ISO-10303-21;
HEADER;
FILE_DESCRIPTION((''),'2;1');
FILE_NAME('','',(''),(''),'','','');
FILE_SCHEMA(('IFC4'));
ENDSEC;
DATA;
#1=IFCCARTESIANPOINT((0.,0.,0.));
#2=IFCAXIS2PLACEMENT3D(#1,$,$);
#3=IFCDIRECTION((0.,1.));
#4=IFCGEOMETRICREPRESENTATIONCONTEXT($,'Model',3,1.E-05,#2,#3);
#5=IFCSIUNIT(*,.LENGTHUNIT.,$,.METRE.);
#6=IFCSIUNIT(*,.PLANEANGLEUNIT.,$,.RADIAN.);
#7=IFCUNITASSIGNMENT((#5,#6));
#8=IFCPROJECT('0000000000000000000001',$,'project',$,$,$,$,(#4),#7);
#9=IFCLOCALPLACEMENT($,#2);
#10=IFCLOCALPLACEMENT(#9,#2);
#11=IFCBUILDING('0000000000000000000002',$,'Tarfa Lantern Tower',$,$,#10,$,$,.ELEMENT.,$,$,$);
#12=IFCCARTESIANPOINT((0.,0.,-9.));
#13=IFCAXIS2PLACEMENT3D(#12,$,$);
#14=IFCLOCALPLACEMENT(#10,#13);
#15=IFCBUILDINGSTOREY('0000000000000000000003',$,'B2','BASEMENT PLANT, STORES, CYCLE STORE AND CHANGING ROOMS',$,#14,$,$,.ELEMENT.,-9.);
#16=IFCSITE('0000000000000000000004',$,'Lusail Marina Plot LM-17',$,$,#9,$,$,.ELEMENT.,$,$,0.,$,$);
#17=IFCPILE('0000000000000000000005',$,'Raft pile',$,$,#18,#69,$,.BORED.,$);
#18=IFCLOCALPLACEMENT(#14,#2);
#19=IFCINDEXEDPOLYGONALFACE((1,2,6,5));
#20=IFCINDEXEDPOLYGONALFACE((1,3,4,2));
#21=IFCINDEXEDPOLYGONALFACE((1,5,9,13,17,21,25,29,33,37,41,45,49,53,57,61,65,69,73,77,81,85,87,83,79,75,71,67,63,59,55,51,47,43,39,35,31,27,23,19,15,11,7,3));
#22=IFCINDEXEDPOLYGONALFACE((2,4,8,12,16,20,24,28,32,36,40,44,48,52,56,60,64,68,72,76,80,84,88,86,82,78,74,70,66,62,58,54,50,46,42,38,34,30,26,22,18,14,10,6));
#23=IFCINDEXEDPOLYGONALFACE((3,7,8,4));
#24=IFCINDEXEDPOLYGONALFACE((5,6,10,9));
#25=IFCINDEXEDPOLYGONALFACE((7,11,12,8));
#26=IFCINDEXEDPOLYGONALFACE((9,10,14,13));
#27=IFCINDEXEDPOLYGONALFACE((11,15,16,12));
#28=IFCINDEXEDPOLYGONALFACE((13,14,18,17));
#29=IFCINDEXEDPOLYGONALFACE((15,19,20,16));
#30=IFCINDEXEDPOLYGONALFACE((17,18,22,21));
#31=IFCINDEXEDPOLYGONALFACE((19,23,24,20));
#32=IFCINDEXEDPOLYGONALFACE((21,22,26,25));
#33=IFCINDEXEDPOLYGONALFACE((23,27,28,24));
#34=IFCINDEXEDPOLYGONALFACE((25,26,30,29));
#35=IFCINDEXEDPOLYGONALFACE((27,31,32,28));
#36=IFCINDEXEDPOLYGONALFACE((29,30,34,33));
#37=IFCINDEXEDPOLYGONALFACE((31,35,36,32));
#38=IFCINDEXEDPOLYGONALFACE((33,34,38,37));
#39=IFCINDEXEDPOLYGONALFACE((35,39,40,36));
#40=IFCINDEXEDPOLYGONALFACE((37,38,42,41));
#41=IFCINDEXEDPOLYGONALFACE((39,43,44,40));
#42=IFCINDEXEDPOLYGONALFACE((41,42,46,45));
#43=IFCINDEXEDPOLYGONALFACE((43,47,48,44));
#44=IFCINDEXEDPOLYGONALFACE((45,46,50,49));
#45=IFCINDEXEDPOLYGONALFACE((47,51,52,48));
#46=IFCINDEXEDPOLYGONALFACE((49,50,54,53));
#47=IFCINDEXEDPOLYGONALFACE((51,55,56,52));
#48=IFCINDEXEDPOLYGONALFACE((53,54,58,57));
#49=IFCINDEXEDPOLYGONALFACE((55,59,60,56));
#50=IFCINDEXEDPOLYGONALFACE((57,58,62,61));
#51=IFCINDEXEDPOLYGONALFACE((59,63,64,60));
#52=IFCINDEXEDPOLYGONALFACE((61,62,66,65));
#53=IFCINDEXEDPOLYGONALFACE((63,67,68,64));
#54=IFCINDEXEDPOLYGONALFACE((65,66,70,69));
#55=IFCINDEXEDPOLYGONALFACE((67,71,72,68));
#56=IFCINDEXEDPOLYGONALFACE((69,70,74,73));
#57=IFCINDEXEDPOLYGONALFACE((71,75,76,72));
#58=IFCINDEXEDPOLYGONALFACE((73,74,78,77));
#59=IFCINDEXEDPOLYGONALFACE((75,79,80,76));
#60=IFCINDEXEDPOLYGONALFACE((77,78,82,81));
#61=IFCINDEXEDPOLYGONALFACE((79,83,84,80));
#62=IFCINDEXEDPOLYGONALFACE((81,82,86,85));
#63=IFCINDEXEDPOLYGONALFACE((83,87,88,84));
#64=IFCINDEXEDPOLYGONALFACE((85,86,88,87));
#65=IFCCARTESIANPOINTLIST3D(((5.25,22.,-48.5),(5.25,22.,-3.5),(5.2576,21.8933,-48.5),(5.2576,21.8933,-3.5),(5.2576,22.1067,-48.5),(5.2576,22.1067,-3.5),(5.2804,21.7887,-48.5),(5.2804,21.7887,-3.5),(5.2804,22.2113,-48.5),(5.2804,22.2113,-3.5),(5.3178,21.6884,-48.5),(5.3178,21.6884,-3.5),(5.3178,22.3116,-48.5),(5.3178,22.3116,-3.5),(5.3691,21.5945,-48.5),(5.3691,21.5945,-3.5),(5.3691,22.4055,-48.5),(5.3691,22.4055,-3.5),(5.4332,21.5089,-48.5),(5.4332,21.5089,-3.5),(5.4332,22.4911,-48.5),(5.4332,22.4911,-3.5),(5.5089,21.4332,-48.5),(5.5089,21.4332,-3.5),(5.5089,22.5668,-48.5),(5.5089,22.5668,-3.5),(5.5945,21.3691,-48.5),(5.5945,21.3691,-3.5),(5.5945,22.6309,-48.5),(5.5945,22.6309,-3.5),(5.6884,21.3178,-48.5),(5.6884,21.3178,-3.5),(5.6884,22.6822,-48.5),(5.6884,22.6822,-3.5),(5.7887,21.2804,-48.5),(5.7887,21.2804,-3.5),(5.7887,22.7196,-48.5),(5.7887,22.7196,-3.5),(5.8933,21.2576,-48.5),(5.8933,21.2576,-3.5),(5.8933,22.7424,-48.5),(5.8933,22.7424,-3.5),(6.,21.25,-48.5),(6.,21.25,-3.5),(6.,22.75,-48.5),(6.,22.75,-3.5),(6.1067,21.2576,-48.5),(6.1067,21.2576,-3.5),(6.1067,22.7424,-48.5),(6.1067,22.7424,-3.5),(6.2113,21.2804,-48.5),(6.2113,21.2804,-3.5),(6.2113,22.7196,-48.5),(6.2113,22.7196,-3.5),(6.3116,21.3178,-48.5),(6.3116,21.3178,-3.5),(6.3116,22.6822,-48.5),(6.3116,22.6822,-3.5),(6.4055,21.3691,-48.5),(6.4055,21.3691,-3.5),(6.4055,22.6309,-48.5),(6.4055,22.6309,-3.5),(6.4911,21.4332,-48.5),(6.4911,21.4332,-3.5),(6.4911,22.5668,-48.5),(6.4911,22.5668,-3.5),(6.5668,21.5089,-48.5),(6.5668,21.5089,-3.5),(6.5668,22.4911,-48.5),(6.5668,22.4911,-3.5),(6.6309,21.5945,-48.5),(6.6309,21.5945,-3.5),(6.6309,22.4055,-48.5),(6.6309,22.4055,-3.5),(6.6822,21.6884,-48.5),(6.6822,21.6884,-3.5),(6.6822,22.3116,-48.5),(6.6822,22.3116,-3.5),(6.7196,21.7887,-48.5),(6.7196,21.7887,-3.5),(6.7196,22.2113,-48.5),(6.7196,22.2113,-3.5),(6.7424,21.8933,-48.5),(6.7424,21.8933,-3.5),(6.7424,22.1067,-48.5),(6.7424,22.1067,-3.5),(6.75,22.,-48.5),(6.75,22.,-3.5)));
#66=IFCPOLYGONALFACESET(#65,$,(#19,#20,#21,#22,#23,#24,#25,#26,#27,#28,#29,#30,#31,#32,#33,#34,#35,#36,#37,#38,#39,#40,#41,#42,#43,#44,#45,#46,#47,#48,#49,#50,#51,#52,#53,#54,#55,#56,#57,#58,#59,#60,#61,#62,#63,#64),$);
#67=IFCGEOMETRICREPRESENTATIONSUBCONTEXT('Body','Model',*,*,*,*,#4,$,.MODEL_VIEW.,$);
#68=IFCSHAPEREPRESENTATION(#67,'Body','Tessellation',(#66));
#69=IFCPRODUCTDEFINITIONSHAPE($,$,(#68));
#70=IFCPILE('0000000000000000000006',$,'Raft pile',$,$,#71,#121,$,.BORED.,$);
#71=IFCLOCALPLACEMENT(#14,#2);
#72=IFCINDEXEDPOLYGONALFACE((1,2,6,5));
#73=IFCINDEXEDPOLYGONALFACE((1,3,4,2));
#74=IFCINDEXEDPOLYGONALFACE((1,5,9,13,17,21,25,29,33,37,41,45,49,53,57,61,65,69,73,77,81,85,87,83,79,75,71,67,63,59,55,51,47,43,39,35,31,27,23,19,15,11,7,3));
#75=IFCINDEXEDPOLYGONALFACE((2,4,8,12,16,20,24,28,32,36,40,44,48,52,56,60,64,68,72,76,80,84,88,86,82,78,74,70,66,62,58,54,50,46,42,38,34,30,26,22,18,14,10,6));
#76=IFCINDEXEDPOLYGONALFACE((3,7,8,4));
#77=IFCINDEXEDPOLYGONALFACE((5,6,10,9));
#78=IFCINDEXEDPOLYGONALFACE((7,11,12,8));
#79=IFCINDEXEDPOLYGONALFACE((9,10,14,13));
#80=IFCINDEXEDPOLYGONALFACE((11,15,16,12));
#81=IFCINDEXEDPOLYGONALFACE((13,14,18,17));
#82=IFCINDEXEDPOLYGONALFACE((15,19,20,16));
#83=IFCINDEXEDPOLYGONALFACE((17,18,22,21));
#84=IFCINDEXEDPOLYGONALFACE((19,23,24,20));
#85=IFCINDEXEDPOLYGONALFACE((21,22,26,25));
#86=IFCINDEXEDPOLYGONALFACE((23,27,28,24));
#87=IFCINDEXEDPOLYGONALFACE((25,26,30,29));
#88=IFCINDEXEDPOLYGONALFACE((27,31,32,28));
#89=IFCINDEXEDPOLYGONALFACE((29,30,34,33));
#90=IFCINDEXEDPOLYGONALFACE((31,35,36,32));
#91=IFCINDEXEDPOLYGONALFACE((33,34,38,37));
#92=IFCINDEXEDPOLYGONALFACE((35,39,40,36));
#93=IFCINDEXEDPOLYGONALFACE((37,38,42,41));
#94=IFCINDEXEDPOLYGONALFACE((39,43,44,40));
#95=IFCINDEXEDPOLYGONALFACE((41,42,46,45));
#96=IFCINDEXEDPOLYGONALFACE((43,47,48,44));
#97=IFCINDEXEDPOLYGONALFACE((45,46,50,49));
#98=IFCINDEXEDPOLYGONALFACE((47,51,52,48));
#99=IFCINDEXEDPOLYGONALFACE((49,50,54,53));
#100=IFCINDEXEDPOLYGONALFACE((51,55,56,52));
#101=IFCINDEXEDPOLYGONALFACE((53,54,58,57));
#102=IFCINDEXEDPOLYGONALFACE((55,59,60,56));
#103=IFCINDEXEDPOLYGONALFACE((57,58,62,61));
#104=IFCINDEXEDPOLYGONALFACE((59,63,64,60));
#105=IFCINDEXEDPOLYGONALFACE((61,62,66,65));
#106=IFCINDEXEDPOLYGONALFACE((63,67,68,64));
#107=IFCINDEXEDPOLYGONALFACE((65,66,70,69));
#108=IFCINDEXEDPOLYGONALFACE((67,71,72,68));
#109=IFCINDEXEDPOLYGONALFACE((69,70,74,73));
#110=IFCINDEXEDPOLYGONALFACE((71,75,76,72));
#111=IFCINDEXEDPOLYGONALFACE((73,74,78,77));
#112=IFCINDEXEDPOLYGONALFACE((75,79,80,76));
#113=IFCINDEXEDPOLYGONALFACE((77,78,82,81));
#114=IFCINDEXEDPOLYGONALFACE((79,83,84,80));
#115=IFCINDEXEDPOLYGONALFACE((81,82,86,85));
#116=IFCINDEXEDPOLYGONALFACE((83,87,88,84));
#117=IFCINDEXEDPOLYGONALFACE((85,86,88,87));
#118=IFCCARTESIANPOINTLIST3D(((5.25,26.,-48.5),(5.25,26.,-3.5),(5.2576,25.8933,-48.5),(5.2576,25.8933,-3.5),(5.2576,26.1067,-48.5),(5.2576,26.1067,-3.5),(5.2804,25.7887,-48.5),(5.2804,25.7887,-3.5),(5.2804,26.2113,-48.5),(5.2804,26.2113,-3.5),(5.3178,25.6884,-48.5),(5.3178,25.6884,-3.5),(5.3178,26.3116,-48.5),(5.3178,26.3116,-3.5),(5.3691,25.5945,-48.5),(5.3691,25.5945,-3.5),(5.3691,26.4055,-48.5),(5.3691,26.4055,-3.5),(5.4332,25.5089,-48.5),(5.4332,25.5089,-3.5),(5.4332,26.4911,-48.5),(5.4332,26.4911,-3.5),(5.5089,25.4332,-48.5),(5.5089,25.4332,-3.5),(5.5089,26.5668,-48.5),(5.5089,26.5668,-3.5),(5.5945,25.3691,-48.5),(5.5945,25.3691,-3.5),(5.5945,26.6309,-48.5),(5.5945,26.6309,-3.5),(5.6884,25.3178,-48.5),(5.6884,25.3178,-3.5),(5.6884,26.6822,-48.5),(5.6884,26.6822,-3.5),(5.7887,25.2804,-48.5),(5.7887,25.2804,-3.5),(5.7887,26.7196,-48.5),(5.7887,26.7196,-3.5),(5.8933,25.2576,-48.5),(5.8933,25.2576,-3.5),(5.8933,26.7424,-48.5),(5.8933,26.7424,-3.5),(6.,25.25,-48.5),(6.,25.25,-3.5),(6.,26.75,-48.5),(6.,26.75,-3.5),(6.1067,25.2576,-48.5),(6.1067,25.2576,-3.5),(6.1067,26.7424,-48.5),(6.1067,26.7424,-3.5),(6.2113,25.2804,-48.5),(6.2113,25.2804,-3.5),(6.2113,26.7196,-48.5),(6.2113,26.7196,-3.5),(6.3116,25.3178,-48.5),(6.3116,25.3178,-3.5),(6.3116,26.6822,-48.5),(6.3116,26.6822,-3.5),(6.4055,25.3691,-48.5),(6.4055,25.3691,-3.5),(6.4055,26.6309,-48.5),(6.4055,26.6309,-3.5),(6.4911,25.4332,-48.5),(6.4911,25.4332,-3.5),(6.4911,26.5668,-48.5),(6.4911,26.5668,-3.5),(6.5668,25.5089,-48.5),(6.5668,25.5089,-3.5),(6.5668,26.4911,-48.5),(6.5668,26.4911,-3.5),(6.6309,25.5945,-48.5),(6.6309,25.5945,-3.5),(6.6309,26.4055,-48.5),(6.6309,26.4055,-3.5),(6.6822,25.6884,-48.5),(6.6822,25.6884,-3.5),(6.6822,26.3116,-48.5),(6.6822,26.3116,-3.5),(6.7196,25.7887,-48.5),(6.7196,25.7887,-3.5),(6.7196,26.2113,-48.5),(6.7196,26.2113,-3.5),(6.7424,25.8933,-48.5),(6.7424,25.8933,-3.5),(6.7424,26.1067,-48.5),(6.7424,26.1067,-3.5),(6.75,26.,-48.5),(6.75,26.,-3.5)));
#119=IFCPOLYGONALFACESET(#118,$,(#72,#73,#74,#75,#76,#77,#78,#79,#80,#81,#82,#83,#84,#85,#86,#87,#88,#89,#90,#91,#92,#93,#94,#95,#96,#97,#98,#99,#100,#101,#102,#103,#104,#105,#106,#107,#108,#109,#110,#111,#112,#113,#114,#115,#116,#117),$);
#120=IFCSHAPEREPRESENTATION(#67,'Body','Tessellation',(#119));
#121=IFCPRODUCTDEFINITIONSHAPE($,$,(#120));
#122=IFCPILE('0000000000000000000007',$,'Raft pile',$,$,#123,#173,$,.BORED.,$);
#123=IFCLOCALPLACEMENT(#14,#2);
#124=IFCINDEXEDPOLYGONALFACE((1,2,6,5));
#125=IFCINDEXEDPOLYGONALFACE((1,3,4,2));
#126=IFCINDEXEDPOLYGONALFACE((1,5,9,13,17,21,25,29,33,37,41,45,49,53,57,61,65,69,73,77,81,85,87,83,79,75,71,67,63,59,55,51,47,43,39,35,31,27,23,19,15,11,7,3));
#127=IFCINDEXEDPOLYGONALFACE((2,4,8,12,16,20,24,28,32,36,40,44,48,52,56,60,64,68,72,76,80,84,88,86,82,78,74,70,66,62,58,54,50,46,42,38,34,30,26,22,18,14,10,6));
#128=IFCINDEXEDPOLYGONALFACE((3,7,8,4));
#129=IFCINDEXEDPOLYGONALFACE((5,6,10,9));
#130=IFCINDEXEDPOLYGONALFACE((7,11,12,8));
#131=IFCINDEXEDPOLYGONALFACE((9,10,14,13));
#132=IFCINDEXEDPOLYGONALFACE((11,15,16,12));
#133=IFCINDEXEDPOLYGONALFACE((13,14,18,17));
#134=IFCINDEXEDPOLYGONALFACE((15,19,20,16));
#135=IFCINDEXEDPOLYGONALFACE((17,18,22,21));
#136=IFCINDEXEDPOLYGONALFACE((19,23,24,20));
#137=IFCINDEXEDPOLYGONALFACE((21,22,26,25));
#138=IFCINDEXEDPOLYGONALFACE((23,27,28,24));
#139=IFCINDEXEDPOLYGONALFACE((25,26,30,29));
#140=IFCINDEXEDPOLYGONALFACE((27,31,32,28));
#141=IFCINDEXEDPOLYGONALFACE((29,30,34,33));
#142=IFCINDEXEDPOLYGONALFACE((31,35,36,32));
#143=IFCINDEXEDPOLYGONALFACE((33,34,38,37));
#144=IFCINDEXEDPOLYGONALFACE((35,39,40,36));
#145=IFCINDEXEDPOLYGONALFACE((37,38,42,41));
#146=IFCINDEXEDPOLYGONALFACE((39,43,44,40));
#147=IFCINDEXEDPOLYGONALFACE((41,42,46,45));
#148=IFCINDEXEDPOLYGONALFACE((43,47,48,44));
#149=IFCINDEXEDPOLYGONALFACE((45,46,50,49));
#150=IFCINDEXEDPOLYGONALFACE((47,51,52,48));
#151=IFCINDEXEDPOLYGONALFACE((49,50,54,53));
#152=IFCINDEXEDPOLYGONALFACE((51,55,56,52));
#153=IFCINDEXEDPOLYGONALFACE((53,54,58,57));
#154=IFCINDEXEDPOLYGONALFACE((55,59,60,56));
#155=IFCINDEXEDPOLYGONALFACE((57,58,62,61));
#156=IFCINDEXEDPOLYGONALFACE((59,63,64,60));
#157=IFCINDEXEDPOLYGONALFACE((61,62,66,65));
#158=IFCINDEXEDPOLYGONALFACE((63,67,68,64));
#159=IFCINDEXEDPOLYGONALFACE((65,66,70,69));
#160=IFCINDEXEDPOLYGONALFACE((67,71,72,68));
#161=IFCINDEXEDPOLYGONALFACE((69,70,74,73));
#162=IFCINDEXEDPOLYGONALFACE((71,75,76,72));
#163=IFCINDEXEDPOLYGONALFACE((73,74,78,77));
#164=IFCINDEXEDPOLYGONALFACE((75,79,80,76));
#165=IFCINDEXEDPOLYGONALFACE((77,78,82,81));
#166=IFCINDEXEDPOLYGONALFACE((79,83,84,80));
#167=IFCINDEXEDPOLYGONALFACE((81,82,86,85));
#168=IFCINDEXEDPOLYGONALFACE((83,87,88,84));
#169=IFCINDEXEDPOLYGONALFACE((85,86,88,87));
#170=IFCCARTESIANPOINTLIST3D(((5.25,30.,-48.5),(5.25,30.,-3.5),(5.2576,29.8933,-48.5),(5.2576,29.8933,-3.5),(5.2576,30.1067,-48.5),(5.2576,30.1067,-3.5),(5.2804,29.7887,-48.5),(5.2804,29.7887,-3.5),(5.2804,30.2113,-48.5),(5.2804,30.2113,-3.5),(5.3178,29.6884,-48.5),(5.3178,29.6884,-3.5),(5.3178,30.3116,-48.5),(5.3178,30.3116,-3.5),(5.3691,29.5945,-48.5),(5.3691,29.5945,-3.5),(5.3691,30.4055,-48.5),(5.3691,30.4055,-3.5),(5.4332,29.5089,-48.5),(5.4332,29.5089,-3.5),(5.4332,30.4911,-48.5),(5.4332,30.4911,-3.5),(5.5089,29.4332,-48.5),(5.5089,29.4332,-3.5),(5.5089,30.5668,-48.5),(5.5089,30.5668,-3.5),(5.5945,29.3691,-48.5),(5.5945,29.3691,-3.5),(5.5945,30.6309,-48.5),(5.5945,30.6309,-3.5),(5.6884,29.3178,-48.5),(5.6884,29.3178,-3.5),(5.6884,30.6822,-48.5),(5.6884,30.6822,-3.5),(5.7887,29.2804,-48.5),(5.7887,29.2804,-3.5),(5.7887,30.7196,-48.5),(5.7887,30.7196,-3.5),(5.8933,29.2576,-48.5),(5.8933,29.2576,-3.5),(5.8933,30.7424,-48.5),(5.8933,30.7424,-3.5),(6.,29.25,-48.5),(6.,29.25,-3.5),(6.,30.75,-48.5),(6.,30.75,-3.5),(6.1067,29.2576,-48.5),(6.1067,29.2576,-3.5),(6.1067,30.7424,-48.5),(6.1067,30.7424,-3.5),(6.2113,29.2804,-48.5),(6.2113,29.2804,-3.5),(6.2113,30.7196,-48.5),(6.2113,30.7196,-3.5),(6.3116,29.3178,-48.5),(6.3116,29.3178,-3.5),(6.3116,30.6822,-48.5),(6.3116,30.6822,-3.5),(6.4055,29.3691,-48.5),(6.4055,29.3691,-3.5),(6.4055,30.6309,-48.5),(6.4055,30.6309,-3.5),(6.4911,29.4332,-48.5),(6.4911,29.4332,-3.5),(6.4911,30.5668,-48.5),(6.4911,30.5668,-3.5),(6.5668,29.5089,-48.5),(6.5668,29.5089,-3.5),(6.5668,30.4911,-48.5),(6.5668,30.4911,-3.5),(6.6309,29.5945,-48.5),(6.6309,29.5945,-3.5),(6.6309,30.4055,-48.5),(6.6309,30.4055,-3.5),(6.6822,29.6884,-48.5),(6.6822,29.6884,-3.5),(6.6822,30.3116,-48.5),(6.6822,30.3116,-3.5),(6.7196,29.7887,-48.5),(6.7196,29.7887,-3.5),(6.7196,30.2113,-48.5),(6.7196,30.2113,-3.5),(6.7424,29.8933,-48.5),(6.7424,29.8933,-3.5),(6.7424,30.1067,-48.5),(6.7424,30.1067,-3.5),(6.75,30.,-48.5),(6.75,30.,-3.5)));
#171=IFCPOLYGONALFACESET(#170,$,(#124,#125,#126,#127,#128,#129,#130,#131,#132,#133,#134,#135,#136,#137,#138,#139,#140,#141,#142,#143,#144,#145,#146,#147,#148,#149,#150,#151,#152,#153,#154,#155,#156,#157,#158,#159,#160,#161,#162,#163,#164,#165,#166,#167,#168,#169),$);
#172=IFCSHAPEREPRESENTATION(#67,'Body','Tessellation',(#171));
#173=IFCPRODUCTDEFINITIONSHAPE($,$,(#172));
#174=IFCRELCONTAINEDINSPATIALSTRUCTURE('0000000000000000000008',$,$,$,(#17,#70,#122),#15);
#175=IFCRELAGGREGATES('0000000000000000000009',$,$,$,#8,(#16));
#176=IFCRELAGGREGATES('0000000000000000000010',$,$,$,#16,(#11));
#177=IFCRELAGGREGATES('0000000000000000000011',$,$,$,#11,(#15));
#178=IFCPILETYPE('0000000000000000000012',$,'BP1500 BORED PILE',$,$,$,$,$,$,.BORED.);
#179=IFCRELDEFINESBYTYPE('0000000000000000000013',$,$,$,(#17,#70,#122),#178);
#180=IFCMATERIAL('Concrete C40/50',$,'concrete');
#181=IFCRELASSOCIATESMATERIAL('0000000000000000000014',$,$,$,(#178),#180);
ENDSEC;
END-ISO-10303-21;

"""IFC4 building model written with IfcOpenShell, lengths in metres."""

from ifc_helpers import new_model, si_unit, direction, frame, origin, origin_2d, place, context, subcontext, project, spatial, circle, extrude, material, material_profile, profile_set, type_object, element, save


model = new_model("IFC4")

# Units and contexts
model_context = context("Model", 3, precision=1e-05, world=origin(), true_north=direction((0.0, 1.0)))
body_context = subcontext(model_context, "Body", "Model", "MODEL_VIEW")
ifc_project = project(units=[si_unit("LENGTHUNIT", "METRE"), si_unit("PLANEANGLEUNIT", "RADIAN")], contexts=[model_context])

# Site, building, storey
site_placement = place(None, origin())
site = spatial("IfcSite", under=ifc_project, at=site_placement, Name="Lusail Marina Plot LM-17", CompositionType="ELEMENT", RefElevation=0.0)
building_placement = place(site_placement, origin())
building = spatial("IfcBuilding", under=site, at=building_placement, Name="Tarfa Lantern Tower", CompositionType="ELEMENT")
storey_placement = place(building_placement, frame((0.0, 0.0, -9.0)))
storey = spatial("IfcBuildingStorey", under=building, at=storey_placement, Name="B2", Description="BASEMENT PLANT, STORES, CYCLE STORE AND CHANGING ROOMS", CompositionType="ELEMENT", Elevation=-9.0)

# Piles
ifc_material_1 = material(Name="Concrete C40/50", Category="concrete")
ifc_material_profile_1 = material_profile(ifc_material_1, circle(Radius=0.75, at=origin_2d()), Name="BORED PILE D1500")
ifc_profile_set_1 = profile_set([ifc_material_profile_1], Name="Concrete C40/50")
pile_type = type_object("IfcPileType", Name="BP1500 BORED PILE", PredefinedType="BORED", material=ifc_profile_set_1)
for number, where, z_axis, x_axis, name in (
    (1, (6.0, 22.0, -3.5), (0.0, 0.0, -1.0), (1.0, 0.0, 0.0), "Raft pile"),
    (2, (6.0, 26.0, -3.5), (0.0, 0.0, -1.0), (1.0, 0.0, 0.0), "Raft pile"),
    (3, (6.0, 30.0, -3.5), (0.0, 0.0, -1.0), (1.0, 0.0, 0.0), "Raft pile"),
):
    element("IfcPile", number, at=place(storey_placement, frame(where, z_axis=z_axis, x_axis=x_axis)), inside=storey, type_object=pile_type, Name=name, PredefinedType="BORED", context=body_context, shape_type="SweptSolid", body=[
        extrude(circle(Radius=0.75, at=origin_2d()), origin(), (0.0, 0.0, 1.0), 45.0),
    ])

save(model, "model.ifc")
